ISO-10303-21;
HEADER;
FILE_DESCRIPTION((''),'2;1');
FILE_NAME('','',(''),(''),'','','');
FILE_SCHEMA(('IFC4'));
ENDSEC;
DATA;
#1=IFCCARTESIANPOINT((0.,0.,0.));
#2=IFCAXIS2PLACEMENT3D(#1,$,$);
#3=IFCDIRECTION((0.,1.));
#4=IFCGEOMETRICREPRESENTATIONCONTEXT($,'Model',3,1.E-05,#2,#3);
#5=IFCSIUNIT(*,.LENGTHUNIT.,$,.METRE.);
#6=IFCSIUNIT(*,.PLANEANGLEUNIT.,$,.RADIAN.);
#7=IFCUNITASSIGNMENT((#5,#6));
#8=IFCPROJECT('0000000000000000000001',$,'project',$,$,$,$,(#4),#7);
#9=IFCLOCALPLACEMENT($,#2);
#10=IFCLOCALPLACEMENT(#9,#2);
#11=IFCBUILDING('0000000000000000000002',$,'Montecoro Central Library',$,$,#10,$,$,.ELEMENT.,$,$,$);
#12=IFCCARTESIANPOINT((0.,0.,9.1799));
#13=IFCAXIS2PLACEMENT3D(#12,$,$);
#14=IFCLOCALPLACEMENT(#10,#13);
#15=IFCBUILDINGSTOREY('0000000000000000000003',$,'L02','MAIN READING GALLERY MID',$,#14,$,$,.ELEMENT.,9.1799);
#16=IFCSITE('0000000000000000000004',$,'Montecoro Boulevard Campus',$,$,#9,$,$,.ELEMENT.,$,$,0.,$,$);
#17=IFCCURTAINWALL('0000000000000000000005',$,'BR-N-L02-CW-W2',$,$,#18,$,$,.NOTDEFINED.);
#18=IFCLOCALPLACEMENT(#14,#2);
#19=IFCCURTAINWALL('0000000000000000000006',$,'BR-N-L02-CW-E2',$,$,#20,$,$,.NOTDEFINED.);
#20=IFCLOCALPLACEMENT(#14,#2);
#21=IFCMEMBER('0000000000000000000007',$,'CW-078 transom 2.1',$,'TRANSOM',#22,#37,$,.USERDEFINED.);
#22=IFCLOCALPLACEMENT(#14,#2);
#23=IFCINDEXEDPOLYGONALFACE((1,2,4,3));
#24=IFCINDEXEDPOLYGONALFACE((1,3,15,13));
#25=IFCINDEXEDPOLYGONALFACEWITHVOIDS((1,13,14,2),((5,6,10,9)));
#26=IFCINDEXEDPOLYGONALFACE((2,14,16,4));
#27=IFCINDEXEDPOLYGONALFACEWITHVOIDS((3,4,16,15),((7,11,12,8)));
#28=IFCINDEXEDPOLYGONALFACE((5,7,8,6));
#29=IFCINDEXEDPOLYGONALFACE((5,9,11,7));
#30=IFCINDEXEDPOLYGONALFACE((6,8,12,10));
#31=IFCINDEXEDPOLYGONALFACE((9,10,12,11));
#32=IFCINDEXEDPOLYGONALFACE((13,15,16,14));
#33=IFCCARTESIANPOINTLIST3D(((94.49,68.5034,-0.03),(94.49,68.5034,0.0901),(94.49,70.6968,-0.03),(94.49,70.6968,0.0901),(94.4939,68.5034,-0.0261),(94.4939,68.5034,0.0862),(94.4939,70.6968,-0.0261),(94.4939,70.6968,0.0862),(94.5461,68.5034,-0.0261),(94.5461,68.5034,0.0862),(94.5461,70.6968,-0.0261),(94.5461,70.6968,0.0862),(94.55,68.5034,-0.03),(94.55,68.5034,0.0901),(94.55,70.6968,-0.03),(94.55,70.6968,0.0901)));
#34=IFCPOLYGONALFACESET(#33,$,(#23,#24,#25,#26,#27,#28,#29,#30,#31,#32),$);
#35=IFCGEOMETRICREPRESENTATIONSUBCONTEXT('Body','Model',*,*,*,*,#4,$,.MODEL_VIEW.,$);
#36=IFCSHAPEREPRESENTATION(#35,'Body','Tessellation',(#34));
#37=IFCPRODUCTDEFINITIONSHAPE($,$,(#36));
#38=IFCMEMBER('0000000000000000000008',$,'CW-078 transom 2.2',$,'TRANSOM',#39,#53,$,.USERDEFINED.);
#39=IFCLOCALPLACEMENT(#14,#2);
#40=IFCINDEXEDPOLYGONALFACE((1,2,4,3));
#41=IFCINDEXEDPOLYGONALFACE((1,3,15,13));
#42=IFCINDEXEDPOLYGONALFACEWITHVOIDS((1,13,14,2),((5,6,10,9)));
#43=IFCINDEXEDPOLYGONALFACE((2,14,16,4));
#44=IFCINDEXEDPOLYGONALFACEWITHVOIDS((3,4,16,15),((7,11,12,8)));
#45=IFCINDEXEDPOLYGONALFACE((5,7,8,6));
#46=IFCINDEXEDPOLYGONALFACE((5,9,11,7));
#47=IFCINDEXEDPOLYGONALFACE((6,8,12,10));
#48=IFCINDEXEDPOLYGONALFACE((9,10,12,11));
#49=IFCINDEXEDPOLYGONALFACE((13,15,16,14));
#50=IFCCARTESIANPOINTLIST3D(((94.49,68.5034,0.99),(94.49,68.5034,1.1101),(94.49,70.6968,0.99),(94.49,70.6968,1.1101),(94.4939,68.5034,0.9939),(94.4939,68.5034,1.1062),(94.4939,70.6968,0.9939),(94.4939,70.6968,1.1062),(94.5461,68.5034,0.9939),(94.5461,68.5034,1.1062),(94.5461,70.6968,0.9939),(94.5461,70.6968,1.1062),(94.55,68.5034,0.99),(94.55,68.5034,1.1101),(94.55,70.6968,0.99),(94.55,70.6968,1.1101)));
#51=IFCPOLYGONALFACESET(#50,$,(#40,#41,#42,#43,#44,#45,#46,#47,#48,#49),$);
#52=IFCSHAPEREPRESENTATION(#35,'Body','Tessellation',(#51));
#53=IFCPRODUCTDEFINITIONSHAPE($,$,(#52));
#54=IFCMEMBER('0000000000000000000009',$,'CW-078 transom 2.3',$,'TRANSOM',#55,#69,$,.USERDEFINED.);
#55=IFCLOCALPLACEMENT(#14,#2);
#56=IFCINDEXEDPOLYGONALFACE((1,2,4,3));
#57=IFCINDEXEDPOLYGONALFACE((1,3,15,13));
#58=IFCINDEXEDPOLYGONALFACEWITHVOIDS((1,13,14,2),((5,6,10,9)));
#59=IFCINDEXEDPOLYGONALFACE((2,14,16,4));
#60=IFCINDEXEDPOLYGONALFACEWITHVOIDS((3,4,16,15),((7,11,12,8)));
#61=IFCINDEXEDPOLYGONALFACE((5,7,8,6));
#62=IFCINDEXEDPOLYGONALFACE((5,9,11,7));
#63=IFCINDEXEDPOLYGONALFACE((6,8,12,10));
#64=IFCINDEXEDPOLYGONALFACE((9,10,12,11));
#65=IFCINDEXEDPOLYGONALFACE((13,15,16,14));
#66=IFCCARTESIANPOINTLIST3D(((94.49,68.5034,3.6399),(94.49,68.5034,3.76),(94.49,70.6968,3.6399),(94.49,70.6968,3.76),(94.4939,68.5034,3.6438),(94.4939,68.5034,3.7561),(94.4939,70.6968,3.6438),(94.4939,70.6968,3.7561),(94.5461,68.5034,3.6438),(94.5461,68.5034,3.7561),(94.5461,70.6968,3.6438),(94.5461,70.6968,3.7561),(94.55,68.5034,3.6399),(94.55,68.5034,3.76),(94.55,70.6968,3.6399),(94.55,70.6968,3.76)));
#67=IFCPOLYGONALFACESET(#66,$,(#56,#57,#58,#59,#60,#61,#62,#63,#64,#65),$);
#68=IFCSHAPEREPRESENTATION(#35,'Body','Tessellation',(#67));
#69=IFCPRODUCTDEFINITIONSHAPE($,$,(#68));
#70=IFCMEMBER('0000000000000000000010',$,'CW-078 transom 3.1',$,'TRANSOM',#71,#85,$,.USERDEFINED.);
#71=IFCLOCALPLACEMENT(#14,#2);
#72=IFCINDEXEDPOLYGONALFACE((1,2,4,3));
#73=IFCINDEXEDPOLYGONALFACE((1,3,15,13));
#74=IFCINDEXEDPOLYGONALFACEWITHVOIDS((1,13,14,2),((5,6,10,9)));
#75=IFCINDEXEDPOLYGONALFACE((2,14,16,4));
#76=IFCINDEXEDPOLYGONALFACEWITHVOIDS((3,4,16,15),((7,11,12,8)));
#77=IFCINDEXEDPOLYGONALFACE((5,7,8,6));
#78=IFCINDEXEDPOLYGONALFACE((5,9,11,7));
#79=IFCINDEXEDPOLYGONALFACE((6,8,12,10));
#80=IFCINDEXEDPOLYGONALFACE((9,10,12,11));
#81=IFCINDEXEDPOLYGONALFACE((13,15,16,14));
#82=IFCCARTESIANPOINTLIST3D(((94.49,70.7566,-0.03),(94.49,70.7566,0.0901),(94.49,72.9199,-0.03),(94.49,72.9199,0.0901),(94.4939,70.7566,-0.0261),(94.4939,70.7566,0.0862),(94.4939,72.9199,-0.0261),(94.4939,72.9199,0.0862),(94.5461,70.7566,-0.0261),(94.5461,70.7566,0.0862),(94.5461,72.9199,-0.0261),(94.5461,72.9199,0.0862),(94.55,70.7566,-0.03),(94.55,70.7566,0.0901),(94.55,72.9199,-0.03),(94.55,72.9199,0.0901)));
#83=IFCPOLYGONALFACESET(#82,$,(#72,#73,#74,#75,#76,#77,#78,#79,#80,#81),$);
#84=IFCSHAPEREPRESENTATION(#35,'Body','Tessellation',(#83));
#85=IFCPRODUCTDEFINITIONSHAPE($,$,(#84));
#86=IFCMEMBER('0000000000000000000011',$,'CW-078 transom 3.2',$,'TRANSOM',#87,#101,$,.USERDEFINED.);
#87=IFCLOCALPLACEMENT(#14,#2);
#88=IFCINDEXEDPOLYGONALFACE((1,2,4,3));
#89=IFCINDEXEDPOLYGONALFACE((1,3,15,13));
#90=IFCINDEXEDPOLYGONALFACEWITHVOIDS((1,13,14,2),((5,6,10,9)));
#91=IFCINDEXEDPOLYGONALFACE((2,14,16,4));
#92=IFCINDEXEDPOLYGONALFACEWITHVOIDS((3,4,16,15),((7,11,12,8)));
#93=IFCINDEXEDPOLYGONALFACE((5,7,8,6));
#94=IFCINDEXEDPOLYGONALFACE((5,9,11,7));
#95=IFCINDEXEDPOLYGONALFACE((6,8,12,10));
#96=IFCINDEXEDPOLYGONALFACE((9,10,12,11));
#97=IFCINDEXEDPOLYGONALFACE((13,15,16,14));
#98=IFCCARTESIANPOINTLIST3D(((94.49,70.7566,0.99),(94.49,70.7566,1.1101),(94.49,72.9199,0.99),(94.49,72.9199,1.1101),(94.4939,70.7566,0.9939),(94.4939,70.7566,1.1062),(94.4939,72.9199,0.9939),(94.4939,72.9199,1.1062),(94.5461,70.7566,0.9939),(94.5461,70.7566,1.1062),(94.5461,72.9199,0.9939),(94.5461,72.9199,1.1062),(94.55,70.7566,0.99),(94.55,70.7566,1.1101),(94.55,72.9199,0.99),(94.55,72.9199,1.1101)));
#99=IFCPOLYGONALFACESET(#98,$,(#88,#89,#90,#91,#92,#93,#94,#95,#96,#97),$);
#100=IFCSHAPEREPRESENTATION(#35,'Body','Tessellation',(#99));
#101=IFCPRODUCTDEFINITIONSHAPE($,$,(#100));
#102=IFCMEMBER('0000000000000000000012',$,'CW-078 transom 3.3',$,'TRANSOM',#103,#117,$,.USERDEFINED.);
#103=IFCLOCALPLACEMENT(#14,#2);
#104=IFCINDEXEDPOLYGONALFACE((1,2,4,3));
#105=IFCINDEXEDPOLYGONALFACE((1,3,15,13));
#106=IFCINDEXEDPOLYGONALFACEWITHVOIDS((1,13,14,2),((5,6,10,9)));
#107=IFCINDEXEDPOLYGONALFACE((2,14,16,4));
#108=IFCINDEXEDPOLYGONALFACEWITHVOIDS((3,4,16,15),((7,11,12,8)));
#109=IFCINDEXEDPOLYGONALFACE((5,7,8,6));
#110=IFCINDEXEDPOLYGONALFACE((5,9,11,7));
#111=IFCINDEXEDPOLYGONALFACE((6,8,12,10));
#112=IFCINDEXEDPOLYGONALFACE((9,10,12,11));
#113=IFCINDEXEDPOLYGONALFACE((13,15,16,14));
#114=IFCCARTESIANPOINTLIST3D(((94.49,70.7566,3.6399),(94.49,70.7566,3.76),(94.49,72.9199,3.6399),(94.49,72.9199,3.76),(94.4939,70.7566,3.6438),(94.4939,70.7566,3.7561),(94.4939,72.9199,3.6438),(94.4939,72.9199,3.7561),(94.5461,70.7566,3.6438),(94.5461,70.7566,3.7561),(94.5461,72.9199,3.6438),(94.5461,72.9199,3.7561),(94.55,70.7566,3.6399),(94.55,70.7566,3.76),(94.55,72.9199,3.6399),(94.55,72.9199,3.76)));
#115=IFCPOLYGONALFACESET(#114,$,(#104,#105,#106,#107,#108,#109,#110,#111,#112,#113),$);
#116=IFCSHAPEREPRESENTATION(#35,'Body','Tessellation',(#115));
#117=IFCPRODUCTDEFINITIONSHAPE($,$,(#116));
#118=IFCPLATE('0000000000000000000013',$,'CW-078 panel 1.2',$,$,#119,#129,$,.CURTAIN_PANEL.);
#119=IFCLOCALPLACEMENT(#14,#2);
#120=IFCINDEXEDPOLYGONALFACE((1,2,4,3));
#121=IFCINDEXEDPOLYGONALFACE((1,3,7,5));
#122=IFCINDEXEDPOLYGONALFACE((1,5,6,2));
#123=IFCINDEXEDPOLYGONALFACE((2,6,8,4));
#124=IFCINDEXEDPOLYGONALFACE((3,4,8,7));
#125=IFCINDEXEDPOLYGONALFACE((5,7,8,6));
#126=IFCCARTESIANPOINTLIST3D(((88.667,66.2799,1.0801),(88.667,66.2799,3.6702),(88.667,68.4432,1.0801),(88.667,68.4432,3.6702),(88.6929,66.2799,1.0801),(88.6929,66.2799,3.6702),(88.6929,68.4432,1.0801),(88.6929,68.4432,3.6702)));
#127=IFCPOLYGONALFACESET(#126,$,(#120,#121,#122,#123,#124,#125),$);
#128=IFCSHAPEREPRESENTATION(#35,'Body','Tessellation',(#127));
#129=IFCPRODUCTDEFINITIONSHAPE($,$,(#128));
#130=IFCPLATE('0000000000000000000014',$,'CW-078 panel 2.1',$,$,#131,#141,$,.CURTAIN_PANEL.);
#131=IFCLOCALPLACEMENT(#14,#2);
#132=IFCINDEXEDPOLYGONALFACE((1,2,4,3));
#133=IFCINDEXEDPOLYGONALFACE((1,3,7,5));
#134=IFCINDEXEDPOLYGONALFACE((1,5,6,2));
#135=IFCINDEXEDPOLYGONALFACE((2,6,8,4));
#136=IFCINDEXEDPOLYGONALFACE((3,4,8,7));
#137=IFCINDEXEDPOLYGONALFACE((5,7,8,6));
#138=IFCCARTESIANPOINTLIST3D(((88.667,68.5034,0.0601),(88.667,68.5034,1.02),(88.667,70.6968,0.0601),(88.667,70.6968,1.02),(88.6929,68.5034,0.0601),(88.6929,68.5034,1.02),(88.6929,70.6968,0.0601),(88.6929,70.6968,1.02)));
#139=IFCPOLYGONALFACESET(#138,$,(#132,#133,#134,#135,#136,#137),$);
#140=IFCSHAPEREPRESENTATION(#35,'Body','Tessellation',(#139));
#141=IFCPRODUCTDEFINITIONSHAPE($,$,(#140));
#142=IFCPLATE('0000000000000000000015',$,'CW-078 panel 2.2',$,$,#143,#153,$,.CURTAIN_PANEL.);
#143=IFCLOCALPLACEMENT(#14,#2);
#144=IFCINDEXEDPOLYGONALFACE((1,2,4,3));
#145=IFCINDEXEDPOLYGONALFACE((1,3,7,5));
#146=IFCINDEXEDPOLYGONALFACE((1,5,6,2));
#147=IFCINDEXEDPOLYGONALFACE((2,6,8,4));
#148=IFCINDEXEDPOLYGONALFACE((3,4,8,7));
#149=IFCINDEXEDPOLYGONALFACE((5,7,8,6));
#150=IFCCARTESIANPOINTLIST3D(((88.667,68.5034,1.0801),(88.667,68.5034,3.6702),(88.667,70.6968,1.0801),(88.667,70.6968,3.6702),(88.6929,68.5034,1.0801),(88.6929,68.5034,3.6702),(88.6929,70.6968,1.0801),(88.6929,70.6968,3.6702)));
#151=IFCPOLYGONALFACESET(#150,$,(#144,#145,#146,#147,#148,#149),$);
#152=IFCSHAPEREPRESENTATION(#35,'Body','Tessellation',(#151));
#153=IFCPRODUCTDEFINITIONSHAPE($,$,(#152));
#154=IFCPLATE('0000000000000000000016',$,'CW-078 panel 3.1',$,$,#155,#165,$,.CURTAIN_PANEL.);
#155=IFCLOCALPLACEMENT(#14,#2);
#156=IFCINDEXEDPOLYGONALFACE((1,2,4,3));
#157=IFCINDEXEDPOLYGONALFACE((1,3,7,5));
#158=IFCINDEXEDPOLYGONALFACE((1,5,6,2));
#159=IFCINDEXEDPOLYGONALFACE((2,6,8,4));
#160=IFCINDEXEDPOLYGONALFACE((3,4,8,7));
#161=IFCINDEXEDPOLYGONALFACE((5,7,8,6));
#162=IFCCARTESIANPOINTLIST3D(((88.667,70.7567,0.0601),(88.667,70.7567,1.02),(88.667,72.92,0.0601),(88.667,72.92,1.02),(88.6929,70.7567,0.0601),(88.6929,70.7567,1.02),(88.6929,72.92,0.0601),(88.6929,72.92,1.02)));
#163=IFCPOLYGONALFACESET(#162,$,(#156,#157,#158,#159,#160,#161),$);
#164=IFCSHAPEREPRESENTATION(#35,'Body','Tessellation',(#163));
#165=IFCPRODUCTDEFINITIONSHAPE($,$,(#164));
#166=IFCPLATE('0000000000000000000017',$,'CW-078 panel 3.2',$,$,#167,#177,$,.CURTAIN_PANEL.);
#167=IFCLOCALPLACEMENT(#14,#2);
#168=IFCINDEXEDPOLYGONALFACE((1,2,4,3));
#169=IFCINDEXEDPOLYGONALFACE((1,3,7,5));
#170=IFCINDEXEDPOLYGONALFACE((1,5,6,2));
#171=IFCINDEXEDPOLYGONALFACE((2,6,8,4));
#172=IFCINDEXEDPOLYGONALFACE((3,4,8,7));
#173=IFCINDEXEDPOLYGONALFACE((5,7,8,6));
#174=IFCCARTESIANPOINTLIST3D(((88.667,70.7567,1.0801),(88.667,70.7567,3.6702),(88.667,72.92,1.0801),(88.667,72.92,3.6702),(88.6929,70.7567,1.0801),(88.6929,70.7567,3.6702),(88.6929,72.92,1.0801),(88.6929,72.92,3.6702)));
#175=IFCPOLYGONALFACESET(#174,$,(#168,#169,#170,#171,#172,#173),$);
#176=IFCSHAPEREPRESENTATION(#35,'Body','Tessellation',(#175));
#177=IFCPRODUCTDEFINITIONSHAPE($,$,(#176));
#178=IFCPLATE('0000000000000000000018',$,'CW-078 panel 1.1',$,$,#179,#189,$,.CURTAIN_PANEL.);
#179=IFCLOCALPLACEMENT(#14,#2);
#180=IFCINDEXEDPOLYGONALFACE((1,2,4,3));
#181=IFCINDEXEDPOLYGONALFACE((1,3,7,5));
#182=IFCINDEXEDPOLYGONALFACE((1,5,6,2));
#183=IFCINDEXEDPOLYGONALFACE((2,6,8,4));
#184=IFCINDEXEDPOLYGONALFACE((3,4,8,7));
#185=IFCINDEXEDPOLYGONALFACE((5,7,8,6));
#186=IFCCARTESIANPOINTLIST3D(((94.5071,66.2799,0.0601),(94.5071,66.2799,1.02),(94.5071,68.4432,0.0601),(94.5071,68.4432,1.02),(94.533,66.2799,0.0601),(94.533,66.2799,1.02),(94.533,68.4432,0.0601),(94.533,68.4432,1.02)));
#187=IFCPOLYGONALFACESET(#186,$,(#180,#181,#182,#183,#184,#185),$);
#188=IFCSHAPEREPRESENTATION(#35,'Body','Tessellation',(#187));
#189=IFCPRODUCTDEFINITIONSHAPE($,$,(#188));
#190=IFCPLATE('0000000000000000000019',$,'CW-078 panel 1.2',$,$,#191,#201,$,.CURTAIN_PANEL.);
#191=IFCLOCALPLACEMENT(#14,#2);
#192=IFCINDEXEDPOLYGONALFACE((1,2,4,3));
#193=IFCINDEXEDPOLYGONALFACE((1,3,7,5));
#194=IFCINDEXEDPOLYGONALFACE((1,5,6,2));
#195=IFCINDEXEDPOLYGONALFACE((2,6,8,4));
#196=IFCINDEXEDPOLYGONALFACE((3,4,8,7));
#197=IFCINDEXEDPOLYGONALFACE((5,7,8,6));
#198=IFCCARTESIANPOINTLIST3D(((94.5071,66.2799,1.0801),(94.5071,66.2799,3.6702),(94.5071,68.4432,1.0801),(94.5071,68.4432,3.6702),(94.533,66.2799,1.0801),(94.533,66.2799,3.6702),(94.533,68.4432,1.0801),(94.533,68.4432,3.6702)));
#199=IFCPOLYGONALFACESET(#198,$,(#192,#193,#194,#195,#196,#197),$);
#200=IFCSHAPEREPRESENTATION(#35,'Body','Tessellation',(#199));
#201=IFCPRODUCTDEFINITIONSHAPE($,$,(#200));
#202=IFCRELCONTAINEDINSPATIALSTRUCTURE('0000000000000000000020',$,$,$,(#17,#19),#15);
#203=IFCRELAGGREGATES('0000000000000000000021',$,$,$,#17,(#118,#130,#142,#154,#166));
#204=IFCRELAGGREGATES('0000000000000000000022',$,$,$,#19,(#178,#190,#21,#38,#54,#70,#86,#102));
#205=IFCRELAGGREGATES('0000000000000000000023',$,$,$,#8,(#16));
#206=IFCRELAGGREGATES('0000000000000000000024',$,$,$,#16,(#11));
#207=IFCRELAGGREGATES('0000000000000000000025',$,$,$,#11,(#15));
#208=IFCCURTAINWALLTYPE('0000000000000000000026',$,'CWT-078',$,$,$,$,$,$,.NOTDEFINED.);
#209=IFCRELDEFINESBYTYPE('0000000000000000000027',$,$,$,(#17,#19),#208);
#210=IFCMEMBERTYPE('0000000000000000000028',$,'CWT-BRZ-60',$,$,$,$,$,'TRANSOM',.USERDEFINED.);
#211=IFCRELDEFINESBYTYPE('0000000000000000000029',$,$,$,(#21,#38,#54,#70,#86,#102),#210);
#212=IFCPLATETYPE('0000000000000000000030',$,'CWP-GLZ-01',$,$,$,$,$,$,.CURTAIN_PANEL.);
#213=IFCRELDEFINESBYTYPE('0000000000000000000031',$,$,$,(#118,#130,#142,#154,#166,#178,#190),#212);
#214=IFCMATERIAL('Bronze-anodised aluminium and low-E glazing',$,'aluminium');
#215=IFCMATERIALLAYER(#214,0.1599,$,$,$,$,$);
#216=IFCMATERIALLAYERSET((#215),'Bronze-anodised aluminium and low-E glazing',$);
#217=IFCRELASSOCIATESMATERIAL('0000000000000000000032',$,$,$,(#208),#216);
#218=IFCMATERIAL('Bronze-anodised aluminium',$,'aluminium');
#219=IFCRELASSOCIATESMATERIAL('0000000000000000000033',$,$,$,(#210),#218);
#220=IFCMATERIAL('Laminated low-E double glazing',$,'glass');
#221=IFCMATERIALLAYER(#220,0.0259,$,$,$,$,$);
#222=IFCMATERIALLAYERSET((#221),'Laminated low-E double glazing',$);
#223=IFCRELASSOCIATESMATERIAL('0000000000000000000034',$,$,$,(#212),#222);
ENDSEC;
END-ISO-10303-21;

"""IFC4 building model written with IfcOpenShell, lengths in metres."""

from ifc_helpers import new_model, si_unit, direction, frame, origin, origin_2d, place, context, subcontext, project, spatial, rectangle, hollow_rectangle, extrude, material, layer, layer_set, material_profile, profile_set, type_object, element, aggregate, save


model = new_model("IFC4")

# Units and contexts
model_context = context("Model", 3, precision=1e-05, world=origin(), true_north=direction((0.0, 1.0)))
body_context = subcontext(model_context, "Body", "Model", "MODEL_VIEW")
ifc_project = project(units=[si_unit("LENGTHUNIT", "METRE"), si_unit("PLANEANGLEUNIT", "RADIAN")], contexts=[model_context])

# Site, building, storey
site_placement = place(None, origin())
site = spatial("IfcSite", under=ifc_project, at=site_placement, Name="Montecoro Boulevard Campus", CompositionType="ELEMENT", RefElevation=0.0)
building_placement = place(site_placement, origin())
building = spatial("IfcBuilding", under=site, at=building_placement, Name="Montecoro Central Library", CompositionType="ELEMENT")
storey_placement = place(building_placement, frame((0.0, 0.0, 9.1799)))
storey = spatial("IfcBuildingStorey", under=building, at=storey_placement, Name="L02", Description="MAIN READING GALLERY MID", CompositionType="ELEMENT", Elevation=9.1799)

# Curtain walls
ifc_material_1 = material(Name="Bronze-anodised aluminium and low-E glazing", Category="aluminium")
ifc_layer_1 = layer(ifc_material_1, 0.1599)
ifc_layer_set_1 = layer_set([ifc_layer_1], Name="Bronze-anodised aluminium and low-E glazing")
curtain_wall_type = type_object("IfcCurtainWallType", Name="CWT-078", PredefinedType="NOTDEFINED", material=ifc_layer_set_1)
curtain_wall_1_placement = place(storey_placement, origin())
curtain_wall_1 = element("IfcCurtainWall", 1, at=curtain_wall_1_placement, inside=storey, type_object=curtain_wall_type, Name="BR-N-L02-CW-W2", PredefinedType="NOTDEFINED")
ifc_material_2 = material(Name="Bronze-anodised aluminium", Category="aluminium")
curtain_wall_2_placement = place(storey_placement, origin())
curtain_wall_2 = element("IfcCurtainWall", 2, at=curtain_wall_2_placement, inside=storey, type_object=curtain_wall_type, Name="BR-N-L02-CW-E2", PredefinedType="NOTDEFINED")

# Members
ifc_material_profile_1 = material_profile(ifc_material_2, hollow_rectangle(XDim=0.0601, YDim=0.1201, WallThickness=0.0039, at=origin_2d()), Name="CWT 120x60x4.0")
ifc_profile_set_1 = profile_set([ifc_material_profile_1], Name="Bronze-anodised aluminium")
member_type_1 = type_object("IfcMemberType", Name="CWT-BRZ-60", ElementType="TRANSOM", PredefinedType="USERDEFINED", material=ifc_profile_set_1)
member_1_placement = place(storey_placement, frame((94.52, 68.5034, 0.03), z_axis=(0.0, 1.0, 0.0), x_axis=(-1.0, 0.0, 0.0)))
member_1 = element("IfcMember", 3, at=member_1_placement, type_object=member_type_1, Name="CW-078 transom 2.1", ObjectType="TRANSOM", PredefinedType="USERDEFINED", context=body_context, shape_type="SweptSolid", body=[
    extrude(hollow_rectangle(XDim=0.0601, YDim=0.1201, WallThickness=0.0039, at=origin_2d()), origin(), (0.0, 0.0, 1.0), 2.1934),
])
member_2_placement = place(storey_placement, frame((94.52, 68.5034, 1.05), z_axis=(0.0, 1.0, 0.0), x_axis=(-1.0, 0.0, 0.0)))
member_2 = element("IfcMember", 4, at=member_2_placement, type_object=member_type_1, Name="CW-078 transom 2.2", ObjectType="TRANSOM", PredefinedType="USERDEFINED", context=body_context, shape_type="SweptSolid", body=[
    extrude(hollow_rectangle(XDim=0.0601, YDim=0.1201, WallThickness=0.0039, at=origin_2d()), origin(), (0.0, 0.0, 1.0), 2.1934),
])
member_3_placement = place(storey_placement, frame((94.52, 68.5034, 3.7), z_axis=(0.0, 1.0, 0.0), x_axis=(-1.0, 0.0, 0.0)))
member_3 = element("IfcMember", 5, at=member_3_placement, type_object=member_type_1, Name="CW-078 transom 2.3", ObjectType="TRANSOM", PredefinedType="USERDEFINED", context=body_context, shape_type="SweptSolid", body=[
    extrude(hollow_rectangle(XDim=0.0601, YDim=0.1201, WallThickness=0.0039, at=origin_2d()), origin(), (0.0, 0.0, 1.0), 2.1934),
])
member_4_placement = place(storey_placement, frame((94.52, 70.7566, 0.03), z_axis=(0.0, 1.0, 0.0), x_axis=(-1.0, 0.0, 0.0)))
member_4 = element("IfcMember", 6, at=member_4_placement, type_object=member_type_1, Name="CW-078 transom 3.1", ObjectType="TRANSOM", PredefinedType="USERDEFINED", context=body_context, shape_type="SweptSolid", body=[
    extrude(hollow_rectangle(XDim=0.0601, YDim=0.1201, WallThickness=0.0039, at=origin_2d()), origin(), (0.0, 0.0, 1.0), 2.1633),
])
member_5_placement = place(storey_placement, frame((94.52, 70.7566, 1.05), z_axis=(0.0, 1.0, 0.0), x_axis=(-1.0, 0.0, 0.0)))
member_5 = element("IfcMember", 7, at=member_5_placement, type_object=member_type_1, Name="CW-078 transom 3.2", ObjectType="TRANSOM", PredefinedType="USERDEFINED", context=body_context, shape_type="SweptSolid", body=[
    extrude(hollow_rectangle(XDim=0.0601, YDim=0.1201, WallThickness=0.0039, at=origin_2d()), origin(), (0.0, 0.0, 1.0), 2.1633),
])
member_6_placement = place(storey_placement, frame((94.52, 70.7566, 3.7), z_axis=(0.0, 1.0, 0.0), x_axis=(-1.0, 0.0, 0.0)))
member_6 = element("IfcMember", 8, at=member_6_placement, type_object=member_type_1, Name="CW-078 transom 3.3", ObjectType="TRANSOM", PredefinedType="USERDEFINED", context=body_context, shape_type="SweptSolid", body=[
    extrude(hollow_rectangle(XDim=0.0601, YDim=0.1201, WallThickness=0.0039, at=origin_2d()), origin(), (0.0, 0.0, 1.0), 2.1633),
])

# Plates
ifc_material_3 = material(Name="Laminated low-E double glazing", Category="glass")
ifc_layer_2 = layer(ifc_material_3, 0.0259)
ifc_layer_set_2 = layer_set([ifc_layer_2], Name="Laminated low-E double glazing")
plate_type = type_object("IfcPlateType", Name="CWP-GLZ-01", PredefinedType="CURTAIN_PANEL", material=ifc_layer_set_2)
plate_1_placement = place(storey_placement, frame((88.6799, 67.3616, 1.0801), z_axis=(0.0, 0.0, 1.0), x_axis=(0.0, 1.0, 0.0)))
plate_1 = element("IfcPlate", 9, at=plate_1_placement, type_object=plate_type, Name="CW-078 panel 1.2", PredefinedType="CURTAIN_PANEL", context=body_context, shape_type="SweptSolid", body=[
    extrude(rectangle(XDim=2.1633, YDim=0.0259, at=origin_2d()), origin(), (0.0, 0.0, 1.0), 2.5901),
])
plate_2_placement = place(storey_placement, frame((88.6799, 69.6001, 0.0601), z_axis=(0.0, 0.0, 1.0), x_axis=(0.0, 1.0, 0.0)))
plate_2 = element("IfcPlate", 10, at=plate_2_placement, type_object=plate_type, Name="CW-078 panel 2.1", PredefinedType="CURTAIN_PANEL", context=body_context, shape_type="SweptSolid", body=[
    extrude(rectangle(XDim=2.1934, YDim=0.0259, at=origin_2d()), origin(), (0.0, 0.0, 1.0), 0.96),
])
plate_3_placement = place(storey_placement, frame((88.6799, 69.6001, 1.0801), z_axis=(0.0, 0.0, 1.0), x_axis=(0.0, 1.0, 0.0)))
plate_3 = element("IfcPlate", 11, at=plate_3_placement, type_object=plate_type, Name="CW-078 panel 2.2", PredefinedType="CURTAIN_PANEL", context=body_context, shape_type="SweptSolid", body=[
    extrude(rectangle(XDim=2.1934, YDim=0.0259, at=origin_2d()), origin(), (0.0, 0.0, 1.0), 2.5901),
])
plate_4_placement = place(storey_placement, frame((88.6799, 71.8384, 0.0601), z_axis=(0.0, 0.0, 1.0), x_axis=(0.0, 1.0, 0.0)))
plate_4 = element("IfcPlate", 12, at=plate_4_placement, type_object=plate_type, Name="CW-078 panel 3.1", PredefinedType="CURTAIN_PANEL", context=body_context, shape_type="SweptSolid", body=[
    extrude(rectangle(XDim=2.1633, YDim=0.0259, at=origin_2d()), origin(), (0.0, 0.0, 1.0), 0.96),
])
plate_5_placement = place(storey_placement, frame((88.6799, 71.8384, 1.0801), z_axis=(0.0, 0.0, 1.0), x_axis=(0.0, 1.0, 0.0)))
plate_5 = element("IfcPlate", 13, at=plate_5_placement, type_object=plate_type, Name="CW-078 panel 3.2", PredefinedType="CURTAIN_PANEL", context=body_context, shape_type="SweptSolid", body=[
    extrude(rectangle(XDim=2.1633, YDim=0.0259, at=origin_2d()), origin(), (0.0, 0.0, 1.0), 2.5901),
])
aggregate(curtain_wall_1, [plate_1, plate_2, plate_3, plate_4, plate_5])
plate_6_placement = place(storey_placement, frame((94.52, 67.3616, 0.0601), z_axis=(0.0, 0.0, 1.0), x_axis=(0.0, 1.0, 0.0)))
plate_6 = element("IfcPlate", 14, at=plate_6_placement, type_object=plate_type, Name="CW-078 panel 1.1", PredefinedType="CURTAIN_PANEL", context=body_context, shape_type="SweptSolid", body=[
    extrude(rectangle(XDim=2.1633, YDim=0.0259, at=origin_2d()), origin(), (0.0, 0.0, 1.0), 0.96),
])
plate_7_placement = place(storey_placement, frame((94.52, 67.3616, 1.0801), z_axis=(0.0, 0.0, 1.0), x_axis=(0.0, 1.0, 0.0)))
plate_7 = element("IfcPlate", 15, at=plate_7_placement, type_object=plate_type, Name="CW-078 panel 1.2", PredefinedType="CURTAIN_PANEL", context=body_context, shape_type="SweptSolid", body=[
    extrude(rectangle(XDim=2.1633, YDim=0.0259, at=origin_2d()), origin(), (0.0, 0.0, 1.0), 2.5901),
])
aggregate(curtain_wall_2, [plate_6, plate_7, member_1, member_2, member_3, member_4, member_5, member_6])

save(model, "model.ifc")
